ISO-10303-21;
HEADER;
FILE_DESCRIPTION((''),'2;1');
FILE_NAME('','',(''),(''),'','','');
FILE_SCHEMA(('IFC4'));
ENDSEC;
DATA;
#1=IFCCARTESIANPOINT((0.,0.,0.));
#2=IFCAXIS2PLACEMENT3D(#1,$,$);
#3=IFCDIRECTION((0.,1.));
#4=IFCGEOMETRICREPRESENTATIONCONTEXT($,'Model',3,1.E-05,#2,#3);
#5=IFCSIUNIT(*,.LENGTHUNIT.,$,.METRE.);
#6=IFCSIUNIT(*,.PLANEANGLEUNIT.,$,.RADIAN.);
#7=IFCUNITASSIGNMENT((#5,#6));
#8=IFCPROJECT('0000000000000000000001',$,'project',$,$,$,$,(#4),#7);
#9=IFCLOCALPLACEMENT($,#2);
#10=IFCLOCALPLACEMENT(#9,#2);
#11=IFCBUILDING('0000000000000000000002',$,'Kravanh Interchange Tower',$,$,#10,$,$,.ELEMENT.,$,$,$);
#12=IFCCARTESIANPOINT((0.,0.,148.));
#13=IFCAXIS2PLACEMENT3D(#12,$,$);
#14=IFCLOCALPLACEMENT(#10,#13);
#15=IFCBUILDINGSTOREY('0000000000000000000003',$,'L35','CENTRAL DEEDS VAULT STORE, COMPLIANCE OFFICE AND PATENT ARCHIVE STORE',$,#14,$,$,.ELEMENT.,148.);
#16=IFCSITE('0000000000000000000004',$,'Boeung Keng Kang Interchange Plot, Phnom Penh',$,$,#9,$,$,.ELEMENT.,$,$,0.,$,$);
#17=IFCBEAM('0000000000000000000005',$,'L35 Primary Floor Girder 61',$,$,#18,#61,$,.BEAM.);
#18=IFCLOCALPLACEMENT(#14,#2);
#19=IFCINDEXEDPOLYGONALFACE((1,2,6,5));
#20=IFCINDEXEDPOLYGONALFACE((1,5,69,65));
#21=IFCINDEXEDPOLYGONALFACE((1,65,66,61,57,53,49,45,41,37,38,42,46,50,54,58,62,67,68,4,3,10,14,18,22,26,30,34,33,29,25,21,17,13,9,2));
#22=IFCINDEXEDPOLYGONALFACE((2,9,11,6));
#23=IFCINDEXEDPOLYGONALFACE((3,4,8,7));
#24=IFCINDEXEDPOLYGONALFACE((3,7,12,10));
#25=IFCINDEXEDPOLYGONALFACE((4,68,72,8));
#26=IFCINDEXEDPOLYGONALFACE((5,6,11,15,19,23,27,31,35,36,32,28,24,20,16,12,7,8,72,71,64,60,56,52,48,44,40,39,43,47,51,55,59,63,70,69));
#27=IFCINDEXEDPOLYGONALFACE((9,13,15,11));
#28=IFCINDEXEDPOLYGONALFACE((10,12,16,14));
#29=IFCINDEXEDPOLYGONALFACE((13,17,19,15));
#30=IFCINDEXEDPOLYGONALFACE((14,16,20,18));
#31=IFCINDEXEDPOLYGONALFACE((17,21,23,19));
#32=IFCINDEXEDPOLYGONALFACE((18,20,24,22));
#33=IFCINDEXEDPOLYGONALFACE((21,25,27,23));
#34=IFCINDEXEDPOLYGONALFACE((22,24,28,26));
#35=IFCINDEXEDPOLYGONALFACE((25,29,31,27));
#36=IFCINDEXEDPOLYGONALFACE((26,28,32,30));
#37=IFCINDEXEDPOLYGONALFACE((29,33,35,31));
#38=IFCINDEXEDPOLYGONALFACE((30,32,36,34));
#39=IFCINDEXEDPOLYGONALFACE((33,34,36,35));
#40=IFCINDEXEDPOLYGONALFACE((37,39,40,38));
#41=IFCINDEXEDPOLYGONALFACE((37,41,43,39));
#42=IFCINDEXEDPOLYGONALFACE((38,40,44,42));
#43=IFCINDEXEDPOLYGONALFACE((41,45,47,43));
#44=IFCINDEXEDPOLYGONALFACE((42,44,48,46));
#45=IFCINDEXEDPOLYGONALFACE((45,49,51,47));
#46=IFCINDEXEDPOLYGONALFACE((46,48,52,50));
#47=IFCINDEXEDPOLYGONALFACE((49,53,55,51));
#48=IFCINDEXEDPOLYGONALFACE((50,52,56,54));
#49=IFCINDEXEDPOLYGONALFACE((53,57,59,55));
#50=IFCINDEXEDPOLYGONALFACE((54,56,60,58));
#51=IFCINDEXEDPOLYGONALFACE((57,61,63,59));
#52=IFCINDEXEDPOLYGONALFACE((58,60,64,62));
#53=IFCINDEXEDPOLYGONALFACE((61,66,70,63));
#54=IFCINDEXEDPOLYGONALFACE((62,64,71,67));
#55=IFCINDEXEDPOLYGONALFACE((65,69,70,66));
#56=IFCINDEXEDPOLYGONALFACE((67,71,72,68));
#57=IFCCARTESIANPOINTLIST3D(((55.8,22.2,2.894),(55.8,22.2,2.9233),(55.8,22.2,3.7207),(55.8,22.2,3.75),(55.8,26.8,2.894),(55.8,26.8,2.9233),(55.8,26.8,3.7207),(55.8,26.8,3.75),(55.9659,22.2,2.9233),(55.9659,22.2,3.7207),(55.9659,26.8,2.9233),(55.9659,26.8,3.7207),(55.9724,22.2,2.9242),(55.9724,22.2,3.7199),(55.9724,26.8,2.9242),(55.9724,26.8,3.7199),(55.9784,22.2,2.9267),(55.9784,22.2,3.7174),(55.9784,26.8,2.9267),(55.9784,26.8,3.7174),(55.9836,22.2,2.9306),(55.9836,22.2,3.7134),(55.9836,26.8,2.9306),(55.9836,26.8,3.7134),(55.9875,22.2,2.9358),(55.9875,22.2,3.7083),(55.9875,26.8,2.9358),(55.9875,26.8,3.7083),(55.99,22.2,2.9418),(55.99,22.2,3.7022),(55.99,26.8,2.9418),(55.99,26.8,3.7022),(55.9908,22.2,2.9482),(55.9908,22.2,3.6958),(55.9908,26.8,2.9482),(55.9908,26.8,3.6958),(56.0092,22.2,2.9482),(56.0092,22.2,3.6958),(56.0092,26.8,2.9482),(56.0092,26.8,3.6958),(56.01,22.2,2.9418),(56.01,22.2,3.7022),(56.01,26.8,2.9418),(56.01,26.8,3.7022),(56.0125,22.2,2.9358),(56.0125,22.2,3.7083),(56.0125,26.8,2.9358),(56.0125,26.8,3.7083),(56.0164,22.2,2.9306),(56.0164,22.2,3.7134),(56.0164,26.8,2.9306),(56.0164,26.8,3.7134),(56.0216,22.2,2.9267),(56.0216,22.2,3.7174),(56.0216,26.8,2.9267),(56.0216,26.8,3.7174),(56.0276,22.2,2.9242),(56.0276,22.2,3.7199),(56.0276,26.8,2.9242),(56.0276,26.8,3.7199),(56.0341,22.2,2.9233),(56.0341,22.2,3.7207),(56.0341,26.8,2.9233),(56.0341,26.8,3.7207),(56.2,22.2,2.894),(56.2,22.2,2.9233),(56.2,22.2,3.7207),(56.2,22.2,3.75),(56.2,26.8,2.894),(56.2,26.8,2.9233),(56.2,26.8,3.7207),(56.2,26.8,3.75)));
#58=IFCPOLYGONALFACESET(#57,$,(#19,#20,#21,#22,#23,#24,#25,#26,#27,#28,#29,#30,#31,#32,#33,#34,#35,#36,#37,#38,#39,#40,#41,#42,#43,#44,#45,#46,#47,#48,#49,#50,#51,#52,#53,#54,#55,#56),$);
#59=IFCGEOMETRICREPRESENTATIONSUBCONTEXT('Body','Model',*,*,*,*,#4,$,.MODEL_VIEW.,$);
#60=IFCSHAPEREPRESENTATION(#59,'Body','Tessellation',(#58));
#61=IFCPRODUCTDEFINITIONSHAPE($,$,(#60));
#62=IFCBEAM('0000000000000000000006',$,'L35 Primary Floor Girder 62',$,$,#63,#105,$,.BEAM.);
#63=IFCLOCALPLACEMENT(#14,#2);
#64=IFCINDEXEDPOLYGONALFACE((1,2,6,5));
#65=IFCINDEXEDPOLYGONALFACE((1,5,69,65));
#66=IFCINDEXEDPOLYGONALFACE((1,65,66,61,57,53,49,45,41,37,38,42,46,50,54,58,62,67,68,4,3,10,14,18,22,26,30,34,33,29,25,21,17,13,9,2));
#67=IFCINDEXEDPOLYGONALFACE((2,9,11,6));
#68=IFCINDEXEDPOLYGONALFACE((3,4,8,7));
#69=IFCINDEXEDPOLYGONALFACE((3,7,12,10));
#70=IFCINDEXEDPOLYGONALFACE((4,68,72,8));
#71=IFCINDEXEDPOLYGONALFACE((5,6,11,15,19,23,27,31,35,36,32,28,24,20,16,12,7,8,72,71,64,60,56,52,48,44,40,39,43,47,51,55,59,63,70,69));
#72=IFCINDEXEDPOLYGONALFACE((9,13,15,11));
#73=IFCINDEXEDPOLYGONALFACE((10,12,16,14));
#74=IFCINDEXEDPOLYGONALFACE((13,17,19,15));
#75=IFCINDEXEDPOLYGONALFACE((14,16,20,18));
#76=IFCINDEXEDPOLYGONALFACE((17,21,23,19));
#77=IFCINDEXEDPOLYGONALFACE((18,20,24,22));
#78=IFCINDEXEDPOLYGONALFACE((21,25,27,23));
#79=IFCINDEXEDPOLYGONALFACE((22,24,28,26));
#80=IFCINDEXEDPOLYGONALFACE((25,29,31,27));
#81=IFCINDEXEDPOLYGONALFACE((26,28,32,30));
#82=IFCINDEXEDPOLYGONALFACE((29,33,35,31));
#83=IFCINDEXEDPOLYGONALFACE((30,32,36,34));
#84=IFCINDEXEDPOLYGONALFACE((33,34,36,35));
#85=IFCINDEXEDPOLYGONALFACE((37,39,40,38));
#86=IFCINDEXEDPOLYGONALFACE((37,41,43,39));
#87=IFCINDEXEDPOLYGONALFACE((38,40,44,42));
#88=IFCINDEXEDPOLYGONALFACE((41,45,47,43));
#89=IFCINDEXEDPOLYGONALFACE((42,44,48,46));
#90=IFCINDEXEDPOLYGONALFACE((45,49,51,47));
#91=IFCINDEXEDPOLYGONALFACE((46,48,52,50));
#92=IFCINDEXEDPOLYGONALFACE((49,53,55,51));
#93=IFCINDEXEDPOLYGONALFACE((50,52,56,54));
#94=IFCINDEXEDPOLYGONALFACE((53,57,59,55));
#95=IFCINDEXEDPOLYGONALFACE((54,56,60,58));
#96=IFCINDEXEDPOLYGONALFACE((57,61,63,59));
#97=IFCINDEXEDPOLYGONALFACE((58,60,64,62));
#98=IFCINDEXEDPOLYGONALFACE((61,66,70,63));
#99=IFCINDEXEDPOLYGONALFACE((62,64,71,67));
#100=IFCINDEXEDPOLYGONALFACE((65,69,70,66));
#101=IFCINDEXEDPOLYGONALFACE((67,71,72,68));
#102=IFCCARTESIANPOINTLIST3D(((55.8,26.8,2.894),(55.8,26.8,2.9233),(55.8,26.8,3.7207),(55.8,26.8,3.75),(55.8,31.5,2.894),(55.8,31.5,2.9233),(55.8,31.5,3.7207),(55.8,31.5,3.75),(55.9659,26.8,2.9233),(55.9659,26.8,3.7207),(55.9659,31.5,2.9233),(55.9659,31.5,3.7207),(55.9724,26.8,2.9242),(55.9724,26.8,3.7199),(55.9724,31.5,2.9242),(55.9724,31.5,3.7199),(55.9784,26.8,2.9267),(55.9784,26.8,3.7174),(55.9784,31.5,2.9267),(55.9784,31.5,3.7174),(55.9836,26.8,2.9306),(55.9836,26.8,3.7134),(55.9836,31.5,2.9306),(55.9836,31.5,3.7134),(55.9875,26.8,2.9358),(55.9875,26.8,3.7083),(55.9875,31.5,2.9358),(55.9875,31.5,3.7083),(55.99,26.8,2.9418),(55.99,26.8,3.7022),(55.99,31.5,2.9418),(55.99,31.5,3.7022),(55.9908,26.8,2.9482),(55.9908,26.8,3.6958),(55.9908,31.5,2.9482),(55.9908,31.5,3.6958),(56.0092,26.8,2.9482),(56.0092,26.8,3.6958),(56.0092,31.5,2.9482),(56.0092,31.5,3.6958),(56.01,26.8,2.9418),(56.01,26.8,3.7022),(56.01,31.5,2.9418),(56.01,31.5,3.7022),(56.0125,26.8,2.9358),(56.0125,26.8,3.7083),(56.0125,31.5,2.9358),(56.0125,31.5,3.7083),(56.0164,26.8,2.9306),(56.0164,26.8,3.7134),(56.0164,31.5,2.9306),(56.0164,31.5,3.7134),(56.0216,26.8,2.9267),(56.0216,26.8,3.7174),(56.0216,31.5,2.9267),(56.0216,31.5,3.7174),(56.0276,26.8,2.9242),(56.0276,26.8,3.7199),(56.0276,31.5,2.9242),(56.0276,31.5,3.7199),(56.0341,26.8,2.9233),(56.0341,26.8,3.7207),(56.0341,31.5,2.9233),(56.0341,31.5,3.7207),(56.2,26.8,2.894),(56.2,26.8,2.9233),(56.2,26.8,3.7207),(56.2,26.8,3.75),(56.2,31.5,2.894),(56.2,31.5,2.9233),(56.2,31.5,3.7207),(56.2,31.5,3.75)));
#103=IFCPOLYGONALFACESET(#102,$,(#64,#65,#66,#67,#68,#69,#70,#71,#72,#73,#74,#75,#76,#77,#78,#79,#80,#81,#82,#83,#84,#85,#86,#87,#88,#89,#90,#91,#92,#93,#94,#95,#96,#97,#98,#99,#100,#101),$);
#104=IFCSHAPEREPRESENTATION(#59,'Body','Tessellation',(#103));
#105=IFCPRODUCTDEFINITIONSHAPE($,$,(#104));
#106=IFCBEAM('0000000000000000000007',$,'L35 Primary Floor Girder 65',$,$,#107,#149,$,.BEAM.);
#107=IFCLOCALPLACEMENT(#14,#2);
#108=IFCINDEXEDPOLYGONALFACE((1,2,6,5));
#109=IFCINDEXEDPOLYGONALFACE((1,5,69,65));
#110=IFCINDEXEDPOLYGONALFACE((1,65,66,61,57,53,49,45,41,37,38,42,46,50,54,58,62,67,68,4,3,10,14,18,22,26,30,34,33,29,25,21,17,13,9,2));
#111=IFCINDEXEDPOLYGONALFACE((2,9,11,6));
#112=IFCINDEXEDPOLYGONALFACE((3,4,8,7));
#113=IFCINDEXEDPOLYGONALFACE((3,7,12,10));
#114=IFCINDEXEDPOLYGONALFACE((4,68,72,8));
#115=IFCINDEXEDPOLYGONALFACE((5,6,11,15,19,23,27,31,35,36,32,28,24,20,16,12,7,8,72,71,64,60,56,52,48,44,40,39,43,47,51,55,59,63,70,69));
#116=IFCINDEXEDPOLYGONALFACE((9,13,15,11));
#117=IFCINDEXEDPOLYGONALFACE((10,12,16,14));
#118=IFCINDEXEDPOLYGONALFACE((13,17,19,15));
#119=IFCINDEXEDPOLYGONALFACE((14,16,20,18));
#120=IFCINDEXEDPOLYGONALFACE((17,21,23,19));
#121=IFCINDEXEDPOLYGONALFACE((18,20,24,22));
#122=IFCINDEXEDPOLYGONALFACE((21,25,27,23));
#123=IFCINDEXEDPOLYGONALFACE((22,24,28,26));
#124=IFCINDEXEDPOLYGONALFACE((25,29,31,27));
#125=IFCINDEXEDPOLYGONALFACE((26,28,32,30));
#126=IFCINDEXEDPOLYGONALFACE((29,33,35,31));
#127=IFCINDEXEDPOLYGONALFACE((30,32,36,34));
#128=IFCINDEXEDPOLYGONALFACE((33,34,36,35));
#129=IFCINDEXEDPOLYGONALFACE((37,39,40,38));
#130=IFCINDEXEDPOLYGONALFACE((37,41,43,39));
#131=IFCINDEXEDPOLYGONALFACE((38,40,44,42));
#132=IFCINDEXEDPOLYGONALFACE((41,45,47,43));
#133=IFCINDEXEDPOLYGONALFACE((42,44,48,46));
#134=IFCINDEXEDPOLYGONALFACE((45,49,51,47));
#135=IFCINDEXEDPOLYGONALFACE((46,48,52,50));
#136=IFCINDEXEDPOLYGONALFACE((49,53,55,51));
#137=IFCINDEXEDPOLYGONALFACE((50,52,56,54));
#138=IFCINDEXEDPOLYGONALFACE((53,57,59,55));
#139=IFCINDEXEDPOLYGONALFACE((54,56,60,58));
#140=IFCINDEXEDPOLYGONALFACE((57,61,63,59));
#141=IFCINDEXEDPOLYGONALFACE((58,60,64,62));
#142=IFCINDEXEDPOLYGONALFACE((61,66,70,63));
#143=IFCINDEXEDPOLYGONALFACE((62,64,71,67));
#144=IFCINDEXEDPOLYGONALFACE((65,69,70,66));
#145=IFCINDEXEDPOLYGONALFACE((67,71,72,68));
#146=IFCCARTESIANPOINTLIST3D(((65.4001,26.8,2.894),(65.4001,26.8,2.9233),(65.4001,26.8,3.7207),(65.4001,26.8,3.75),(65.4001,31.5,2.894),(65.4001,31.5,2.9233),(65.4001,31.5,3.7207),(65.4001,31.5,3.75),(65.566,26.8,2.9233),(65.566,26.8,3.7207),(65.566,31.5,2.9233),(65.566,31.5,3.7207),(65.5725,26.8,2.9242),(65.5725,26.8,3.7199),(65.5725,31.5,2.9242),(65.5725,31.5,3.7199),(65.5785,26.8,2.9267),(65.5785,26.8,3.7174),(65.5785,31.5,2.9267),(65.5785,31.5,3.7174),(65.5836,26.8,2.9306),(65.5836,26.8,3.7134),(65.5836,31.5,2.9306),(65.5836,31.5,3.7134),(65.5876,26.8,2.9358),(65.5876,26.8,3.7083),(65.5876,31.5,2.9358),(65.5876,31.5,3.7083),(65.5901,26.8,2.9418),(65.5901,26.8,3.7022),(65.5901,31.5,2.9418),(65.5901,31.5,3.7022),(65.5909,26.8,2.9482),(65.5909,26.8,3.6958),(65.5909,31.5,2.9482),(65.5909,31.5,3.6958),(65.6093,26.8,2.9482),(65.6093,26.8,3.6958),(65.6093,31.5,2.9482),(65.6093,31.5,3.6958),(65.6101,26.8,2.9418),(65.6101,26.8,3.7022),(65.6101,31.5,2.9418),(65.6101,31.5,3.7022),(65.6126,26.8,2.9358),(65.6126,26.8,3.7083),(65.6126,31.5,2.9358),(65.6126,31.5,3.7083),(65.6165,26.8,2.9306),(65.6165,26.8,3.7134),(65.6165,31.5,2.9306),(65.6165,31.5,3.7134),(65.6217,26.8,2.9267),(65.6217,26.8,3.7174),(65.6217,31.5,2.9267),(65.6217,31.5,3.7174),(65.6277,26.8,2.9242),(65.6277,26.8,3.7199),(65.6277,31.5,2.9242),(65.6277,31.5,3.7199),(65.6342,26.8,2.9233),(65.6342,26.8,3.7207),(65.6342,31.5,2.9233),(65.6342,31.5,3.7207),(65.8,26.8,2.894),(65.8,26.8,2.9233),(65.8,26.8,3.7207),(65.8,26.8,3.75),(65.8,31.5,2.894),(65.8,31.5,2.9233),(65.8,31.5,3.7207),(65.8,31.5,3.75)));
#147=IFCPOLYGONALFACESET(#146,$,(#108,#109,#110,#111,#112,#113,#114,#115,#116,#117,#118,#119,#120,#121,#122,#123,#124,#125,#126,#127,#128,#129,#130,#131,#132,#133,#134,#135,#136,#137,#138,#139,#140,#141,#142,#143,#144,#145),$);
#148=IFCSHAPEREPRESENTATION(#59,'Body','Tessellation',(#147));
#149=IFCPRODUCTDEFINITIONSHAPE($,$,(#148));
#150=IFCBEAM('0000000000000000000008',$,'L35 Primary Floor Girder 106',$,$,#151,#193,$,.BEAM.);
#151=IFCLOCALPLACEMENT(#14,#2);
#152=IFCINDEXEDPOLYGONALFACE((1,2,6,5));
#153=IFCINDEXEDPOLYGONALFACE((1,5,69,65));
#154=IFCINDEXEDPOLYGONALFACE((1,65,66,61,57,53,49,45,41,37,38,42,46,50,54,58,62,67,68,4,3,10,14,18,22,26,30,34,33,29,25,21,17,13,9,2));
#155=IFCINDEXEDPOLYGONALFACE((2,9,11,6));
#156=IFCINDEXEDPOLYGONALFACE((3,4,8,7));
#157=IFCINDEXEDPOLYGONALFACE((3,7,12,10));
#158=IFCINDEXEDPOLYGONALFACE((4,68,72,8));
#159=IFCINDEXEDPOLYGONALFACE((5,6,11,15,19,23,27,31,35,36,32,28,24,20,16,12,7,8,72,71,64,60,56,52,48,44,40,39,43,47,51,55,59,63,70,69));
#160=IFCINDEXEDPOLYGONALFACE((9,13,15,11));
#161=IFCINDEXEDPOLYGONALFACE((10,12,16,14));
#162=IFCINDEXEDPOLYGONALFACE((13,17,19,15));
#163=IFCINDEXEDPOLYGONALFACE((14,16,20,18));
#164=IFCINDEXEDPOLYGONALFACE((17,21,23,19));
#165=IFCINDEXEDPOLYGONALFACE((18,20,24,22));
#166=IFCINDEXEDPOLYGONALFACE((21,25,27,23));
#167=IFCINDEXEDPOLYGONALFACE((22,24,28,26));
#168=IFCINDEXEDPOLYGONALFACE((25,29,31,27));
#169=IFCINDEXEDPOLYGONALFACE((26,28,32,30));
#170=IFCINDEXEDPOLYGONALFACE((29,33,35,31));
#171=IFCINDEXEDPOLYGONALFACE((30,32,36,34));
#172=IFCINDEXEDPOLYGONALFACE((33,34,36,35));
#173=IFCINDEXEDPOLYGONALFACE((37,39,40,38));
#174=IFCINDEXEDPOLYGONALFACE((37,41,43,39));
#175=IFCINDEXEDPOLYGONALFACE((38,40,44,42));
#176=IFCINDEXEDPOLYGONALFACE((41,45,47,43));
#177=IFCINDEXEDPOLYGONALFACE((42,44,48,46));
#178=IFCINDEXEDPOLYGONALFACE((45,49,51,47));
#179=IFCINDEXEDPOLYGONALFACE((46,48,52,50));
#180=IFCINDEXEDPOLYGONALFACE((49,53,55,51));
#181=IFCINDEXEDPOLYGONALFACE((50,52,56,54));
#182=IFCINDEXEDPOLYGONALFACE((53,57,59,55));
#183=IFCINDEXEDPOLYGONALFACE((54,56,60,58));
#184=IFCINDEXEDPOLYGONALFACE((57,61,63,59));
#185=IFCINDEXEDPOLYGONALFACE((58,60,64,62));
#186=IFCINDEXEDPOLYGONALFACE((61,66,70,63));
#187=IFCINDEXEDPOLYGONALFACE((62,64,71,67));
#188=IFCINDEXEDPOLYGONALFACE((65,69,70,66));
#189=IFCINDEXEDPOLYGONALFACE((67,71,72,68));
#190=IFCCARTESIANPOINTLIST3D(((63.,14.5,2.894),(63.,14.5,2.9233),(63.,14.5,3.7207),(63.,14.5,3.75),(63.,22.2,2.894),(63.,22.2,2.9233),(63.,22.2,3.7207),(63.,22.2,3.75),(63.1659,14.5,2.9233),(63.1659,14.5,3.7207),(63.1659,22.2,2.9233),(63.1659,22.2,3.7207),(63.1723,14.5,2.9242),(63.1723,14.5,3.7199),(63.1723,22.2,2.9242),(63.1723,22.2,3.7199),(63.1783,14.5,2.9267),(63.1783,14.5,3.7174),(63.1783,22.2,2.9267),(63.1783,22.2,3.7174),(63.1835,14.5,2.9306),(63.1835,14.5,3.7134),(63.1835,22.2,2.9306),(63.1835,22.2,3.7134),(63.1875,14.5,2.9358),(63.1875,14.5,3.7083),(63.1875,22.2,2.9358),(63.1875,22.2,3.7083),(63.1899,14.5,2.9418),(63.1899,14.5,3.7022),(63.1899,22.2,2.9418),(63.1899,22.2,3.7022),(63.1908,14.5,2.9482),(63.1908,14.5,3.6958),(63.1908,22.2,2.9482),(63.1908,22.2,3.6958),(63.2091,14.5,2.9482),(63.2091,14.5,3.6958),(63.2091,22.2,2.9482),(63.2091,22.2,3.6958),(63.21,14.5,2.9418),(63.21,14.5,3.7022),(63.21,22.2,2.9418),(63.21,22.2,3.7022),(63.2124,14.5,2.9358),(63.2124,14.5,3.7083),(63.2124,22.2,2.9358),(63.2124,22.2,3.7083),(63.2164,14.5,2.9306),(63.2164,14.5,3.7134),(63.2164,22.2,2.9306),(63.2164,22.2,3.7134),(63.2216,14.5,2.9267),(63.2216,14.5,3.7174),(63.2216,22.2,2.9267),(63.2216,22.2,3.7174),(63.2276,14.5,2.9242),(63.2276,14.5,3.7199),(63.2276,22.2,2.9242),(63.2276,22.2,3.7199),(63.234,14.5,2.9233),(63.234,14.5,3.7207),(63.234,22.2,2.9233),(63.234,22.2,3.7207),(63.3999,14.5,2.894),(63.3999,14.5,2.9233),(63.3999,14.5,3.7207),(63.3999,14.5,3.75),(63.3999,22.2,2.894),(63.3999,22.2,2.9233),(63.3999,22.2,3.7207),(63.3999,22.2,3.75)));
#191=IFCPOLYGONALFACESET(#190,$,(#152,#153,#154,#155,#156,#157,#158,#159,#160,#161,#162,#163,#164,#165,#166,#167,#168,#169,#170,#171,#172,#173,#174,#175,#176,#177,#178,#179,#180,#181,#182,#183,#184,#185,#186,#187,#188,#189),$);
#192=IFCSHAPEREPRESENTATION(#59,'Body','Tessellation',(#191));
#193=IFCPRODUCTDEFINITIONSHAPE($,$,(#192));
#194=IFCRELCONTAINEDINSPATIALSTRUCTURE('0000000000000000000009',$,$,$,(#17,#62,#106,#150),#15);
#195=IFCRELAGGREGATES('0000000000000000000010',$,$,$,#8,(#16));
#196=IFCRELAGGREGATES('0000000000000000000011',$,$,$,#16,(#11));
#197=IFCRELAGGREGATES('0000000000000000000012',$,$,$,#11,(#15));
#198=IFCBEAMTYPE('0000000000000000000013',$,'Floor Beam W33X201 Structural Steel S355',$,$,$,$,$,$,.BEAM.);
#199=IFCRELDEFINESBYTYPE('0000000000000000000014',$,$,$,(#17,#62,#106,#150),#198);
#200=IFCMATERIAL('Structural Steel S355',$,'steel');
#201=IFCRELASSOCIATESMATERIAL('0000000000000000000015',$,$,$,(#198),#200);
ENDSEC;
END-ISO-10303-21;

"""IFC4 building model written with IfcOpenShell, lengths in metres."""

from ifc_helpers import new_model, si_unit, direction, frame, origin, origin_2d, place, context, subcontext, project, spatial, i_section, extrude, material, material_profile, profile_set, type_object, element, save


model = new_model("IFC4")

# Units and contexts
model_context = context("Model", 3, precision=1e-05, world=origin(), true_north=direction((0.0, 1.0)))
body_context = subcontext(model_context, "Body", "Model", "MODEL_VIEW")
ifc_project = project(units=[si_unit("LENGTHUNIT", "METRE"), si_unit("PLANEANGLEUNIT", "RADIAN")], contexts=[model_context])

# Site, building, storey
site_placement = place(None, origin())
site = spatial("IfcSite", under=ifc_project, at=site_placement, Name="Boeung Keng Kang Interchange Plot, Phnom Penh", CompositionType="ELEMENT", RefElevation=0.0)
building_placement = place(site_placement, origin())
building = spatial("IfcBuilding", under=site, at=building_placement, Name="Kravanh Interchange Tower", CompositionType="ELEMENT")
storey_placement = place(building_placement, frame((0.0, 0.0, 148.0)))
storey = spatial("IfcBuildingStorey", under=building, at=storey_placement, Name="L35", Description="CENTRAL DEEDS VAULT STORE, COMPLIANCE OFFICE AND PATENT ARCHIVE STORE", CompositionType="ELEMENT", Elevation=148.0)

# Beams
ifc_material_1 = material(Name="Structural Steel S355", Category="steel")
ifc_material_profile_1 = material_profile(ifc_material_1, i_section(OverallWidth=0.3999, OverallDepth=0.856, WebThickness=0.0183, FlangeThickness=0.0293, FilletRadius=0.0249, at=origin_2d()), Name="W33X201")
ifc_profile_set_1 = profile_set([ifc_material_profile_1], Name="Structural Steel S355")
beam_type_1 = type_object("IfcBeamType", Name="Floor Beam W33X201 Structural Steel S355", PredefinedType="BEAM", material=ifc_profile_set_1)
beam_1_placement = place(storey_placement, frame((56.0, 26.8, 3.322), z_axis=(0.0, -1.0, 0.0), x_axis=(1.0, 0.0, 0.0)))
element("IfcBeam", 1, at=beam_1_placement, inside=storey, type_object=beam_type_1, Name="L35 Primary Floor Girder 61", PredefinedType="BEAM", context=body_context, shape_type="SweptSolid", body=[
    extrude(i_section(OverallWidth=0.3999, OverallDepth=0.856, WebThickness=0.0183, FlangeThickness=0.0293, FilletRadius=0.0249, at=origin_2d()), origin(), (0.0, 0.0, 1.0), 4.6001),
])
for number, where, z_axis, x_axis, name in (
    (2, (56.0, 26.8, 3.322), (0.0, 1.0, 0.0), (-1.0, 0.0, 0.0), "L35 Primary Floor Girder 62"),
    (3, (65.6001, 26.8, 3.322), (0.0, 1.0, 0.0), (-1.0, 0.0, 0.0), "L35 Primary Floor Girder 65"),
):
    element("IfcBeam", number, at=place(storey_placement, frame(where, z_axis=z_axis, x_axis=x_axis)), inside=storey, type_object=beam_type_1, Name=name, PredefinedType="BEAM", context=body_context, shape_type="SweptSolid", body=[
        extrude(i_section(OverallWidth=0.3999, OverallDepth=0.856, WebThickness=0.0183, FlangeThickness=0.0293, FilletRadius=0.0249, at=origin_2d()), origin(), (0.0, 0.0, 1.0), 4.7),
    ])
beam_2_placement = place(storey_placement, frame((63.2, 14.5, 3.322), z_axis=(0.0, 1.0, 0.0), x_axis=(-1.0, 0.0, 0.0)))
element("IfcBeam", 4, at=beam_2_placement, inside=storey, type_object=beam_type_1, Name="L35 Primary Floor Girder 106", PredefinedType="BEAM", context=body_context, shape_type="SweptSolid", body=[
    extrude(i_section(OverallWidth=0.3999, OverallDepth=0.856, WebThickness=0.0183, FlangeThickness=0.0293, FilletRadius=0.0249, at=origin_2d()), origin(), (0.0, 0.0, 1.0), 7.7),
])

save(model, "model.ifc")
